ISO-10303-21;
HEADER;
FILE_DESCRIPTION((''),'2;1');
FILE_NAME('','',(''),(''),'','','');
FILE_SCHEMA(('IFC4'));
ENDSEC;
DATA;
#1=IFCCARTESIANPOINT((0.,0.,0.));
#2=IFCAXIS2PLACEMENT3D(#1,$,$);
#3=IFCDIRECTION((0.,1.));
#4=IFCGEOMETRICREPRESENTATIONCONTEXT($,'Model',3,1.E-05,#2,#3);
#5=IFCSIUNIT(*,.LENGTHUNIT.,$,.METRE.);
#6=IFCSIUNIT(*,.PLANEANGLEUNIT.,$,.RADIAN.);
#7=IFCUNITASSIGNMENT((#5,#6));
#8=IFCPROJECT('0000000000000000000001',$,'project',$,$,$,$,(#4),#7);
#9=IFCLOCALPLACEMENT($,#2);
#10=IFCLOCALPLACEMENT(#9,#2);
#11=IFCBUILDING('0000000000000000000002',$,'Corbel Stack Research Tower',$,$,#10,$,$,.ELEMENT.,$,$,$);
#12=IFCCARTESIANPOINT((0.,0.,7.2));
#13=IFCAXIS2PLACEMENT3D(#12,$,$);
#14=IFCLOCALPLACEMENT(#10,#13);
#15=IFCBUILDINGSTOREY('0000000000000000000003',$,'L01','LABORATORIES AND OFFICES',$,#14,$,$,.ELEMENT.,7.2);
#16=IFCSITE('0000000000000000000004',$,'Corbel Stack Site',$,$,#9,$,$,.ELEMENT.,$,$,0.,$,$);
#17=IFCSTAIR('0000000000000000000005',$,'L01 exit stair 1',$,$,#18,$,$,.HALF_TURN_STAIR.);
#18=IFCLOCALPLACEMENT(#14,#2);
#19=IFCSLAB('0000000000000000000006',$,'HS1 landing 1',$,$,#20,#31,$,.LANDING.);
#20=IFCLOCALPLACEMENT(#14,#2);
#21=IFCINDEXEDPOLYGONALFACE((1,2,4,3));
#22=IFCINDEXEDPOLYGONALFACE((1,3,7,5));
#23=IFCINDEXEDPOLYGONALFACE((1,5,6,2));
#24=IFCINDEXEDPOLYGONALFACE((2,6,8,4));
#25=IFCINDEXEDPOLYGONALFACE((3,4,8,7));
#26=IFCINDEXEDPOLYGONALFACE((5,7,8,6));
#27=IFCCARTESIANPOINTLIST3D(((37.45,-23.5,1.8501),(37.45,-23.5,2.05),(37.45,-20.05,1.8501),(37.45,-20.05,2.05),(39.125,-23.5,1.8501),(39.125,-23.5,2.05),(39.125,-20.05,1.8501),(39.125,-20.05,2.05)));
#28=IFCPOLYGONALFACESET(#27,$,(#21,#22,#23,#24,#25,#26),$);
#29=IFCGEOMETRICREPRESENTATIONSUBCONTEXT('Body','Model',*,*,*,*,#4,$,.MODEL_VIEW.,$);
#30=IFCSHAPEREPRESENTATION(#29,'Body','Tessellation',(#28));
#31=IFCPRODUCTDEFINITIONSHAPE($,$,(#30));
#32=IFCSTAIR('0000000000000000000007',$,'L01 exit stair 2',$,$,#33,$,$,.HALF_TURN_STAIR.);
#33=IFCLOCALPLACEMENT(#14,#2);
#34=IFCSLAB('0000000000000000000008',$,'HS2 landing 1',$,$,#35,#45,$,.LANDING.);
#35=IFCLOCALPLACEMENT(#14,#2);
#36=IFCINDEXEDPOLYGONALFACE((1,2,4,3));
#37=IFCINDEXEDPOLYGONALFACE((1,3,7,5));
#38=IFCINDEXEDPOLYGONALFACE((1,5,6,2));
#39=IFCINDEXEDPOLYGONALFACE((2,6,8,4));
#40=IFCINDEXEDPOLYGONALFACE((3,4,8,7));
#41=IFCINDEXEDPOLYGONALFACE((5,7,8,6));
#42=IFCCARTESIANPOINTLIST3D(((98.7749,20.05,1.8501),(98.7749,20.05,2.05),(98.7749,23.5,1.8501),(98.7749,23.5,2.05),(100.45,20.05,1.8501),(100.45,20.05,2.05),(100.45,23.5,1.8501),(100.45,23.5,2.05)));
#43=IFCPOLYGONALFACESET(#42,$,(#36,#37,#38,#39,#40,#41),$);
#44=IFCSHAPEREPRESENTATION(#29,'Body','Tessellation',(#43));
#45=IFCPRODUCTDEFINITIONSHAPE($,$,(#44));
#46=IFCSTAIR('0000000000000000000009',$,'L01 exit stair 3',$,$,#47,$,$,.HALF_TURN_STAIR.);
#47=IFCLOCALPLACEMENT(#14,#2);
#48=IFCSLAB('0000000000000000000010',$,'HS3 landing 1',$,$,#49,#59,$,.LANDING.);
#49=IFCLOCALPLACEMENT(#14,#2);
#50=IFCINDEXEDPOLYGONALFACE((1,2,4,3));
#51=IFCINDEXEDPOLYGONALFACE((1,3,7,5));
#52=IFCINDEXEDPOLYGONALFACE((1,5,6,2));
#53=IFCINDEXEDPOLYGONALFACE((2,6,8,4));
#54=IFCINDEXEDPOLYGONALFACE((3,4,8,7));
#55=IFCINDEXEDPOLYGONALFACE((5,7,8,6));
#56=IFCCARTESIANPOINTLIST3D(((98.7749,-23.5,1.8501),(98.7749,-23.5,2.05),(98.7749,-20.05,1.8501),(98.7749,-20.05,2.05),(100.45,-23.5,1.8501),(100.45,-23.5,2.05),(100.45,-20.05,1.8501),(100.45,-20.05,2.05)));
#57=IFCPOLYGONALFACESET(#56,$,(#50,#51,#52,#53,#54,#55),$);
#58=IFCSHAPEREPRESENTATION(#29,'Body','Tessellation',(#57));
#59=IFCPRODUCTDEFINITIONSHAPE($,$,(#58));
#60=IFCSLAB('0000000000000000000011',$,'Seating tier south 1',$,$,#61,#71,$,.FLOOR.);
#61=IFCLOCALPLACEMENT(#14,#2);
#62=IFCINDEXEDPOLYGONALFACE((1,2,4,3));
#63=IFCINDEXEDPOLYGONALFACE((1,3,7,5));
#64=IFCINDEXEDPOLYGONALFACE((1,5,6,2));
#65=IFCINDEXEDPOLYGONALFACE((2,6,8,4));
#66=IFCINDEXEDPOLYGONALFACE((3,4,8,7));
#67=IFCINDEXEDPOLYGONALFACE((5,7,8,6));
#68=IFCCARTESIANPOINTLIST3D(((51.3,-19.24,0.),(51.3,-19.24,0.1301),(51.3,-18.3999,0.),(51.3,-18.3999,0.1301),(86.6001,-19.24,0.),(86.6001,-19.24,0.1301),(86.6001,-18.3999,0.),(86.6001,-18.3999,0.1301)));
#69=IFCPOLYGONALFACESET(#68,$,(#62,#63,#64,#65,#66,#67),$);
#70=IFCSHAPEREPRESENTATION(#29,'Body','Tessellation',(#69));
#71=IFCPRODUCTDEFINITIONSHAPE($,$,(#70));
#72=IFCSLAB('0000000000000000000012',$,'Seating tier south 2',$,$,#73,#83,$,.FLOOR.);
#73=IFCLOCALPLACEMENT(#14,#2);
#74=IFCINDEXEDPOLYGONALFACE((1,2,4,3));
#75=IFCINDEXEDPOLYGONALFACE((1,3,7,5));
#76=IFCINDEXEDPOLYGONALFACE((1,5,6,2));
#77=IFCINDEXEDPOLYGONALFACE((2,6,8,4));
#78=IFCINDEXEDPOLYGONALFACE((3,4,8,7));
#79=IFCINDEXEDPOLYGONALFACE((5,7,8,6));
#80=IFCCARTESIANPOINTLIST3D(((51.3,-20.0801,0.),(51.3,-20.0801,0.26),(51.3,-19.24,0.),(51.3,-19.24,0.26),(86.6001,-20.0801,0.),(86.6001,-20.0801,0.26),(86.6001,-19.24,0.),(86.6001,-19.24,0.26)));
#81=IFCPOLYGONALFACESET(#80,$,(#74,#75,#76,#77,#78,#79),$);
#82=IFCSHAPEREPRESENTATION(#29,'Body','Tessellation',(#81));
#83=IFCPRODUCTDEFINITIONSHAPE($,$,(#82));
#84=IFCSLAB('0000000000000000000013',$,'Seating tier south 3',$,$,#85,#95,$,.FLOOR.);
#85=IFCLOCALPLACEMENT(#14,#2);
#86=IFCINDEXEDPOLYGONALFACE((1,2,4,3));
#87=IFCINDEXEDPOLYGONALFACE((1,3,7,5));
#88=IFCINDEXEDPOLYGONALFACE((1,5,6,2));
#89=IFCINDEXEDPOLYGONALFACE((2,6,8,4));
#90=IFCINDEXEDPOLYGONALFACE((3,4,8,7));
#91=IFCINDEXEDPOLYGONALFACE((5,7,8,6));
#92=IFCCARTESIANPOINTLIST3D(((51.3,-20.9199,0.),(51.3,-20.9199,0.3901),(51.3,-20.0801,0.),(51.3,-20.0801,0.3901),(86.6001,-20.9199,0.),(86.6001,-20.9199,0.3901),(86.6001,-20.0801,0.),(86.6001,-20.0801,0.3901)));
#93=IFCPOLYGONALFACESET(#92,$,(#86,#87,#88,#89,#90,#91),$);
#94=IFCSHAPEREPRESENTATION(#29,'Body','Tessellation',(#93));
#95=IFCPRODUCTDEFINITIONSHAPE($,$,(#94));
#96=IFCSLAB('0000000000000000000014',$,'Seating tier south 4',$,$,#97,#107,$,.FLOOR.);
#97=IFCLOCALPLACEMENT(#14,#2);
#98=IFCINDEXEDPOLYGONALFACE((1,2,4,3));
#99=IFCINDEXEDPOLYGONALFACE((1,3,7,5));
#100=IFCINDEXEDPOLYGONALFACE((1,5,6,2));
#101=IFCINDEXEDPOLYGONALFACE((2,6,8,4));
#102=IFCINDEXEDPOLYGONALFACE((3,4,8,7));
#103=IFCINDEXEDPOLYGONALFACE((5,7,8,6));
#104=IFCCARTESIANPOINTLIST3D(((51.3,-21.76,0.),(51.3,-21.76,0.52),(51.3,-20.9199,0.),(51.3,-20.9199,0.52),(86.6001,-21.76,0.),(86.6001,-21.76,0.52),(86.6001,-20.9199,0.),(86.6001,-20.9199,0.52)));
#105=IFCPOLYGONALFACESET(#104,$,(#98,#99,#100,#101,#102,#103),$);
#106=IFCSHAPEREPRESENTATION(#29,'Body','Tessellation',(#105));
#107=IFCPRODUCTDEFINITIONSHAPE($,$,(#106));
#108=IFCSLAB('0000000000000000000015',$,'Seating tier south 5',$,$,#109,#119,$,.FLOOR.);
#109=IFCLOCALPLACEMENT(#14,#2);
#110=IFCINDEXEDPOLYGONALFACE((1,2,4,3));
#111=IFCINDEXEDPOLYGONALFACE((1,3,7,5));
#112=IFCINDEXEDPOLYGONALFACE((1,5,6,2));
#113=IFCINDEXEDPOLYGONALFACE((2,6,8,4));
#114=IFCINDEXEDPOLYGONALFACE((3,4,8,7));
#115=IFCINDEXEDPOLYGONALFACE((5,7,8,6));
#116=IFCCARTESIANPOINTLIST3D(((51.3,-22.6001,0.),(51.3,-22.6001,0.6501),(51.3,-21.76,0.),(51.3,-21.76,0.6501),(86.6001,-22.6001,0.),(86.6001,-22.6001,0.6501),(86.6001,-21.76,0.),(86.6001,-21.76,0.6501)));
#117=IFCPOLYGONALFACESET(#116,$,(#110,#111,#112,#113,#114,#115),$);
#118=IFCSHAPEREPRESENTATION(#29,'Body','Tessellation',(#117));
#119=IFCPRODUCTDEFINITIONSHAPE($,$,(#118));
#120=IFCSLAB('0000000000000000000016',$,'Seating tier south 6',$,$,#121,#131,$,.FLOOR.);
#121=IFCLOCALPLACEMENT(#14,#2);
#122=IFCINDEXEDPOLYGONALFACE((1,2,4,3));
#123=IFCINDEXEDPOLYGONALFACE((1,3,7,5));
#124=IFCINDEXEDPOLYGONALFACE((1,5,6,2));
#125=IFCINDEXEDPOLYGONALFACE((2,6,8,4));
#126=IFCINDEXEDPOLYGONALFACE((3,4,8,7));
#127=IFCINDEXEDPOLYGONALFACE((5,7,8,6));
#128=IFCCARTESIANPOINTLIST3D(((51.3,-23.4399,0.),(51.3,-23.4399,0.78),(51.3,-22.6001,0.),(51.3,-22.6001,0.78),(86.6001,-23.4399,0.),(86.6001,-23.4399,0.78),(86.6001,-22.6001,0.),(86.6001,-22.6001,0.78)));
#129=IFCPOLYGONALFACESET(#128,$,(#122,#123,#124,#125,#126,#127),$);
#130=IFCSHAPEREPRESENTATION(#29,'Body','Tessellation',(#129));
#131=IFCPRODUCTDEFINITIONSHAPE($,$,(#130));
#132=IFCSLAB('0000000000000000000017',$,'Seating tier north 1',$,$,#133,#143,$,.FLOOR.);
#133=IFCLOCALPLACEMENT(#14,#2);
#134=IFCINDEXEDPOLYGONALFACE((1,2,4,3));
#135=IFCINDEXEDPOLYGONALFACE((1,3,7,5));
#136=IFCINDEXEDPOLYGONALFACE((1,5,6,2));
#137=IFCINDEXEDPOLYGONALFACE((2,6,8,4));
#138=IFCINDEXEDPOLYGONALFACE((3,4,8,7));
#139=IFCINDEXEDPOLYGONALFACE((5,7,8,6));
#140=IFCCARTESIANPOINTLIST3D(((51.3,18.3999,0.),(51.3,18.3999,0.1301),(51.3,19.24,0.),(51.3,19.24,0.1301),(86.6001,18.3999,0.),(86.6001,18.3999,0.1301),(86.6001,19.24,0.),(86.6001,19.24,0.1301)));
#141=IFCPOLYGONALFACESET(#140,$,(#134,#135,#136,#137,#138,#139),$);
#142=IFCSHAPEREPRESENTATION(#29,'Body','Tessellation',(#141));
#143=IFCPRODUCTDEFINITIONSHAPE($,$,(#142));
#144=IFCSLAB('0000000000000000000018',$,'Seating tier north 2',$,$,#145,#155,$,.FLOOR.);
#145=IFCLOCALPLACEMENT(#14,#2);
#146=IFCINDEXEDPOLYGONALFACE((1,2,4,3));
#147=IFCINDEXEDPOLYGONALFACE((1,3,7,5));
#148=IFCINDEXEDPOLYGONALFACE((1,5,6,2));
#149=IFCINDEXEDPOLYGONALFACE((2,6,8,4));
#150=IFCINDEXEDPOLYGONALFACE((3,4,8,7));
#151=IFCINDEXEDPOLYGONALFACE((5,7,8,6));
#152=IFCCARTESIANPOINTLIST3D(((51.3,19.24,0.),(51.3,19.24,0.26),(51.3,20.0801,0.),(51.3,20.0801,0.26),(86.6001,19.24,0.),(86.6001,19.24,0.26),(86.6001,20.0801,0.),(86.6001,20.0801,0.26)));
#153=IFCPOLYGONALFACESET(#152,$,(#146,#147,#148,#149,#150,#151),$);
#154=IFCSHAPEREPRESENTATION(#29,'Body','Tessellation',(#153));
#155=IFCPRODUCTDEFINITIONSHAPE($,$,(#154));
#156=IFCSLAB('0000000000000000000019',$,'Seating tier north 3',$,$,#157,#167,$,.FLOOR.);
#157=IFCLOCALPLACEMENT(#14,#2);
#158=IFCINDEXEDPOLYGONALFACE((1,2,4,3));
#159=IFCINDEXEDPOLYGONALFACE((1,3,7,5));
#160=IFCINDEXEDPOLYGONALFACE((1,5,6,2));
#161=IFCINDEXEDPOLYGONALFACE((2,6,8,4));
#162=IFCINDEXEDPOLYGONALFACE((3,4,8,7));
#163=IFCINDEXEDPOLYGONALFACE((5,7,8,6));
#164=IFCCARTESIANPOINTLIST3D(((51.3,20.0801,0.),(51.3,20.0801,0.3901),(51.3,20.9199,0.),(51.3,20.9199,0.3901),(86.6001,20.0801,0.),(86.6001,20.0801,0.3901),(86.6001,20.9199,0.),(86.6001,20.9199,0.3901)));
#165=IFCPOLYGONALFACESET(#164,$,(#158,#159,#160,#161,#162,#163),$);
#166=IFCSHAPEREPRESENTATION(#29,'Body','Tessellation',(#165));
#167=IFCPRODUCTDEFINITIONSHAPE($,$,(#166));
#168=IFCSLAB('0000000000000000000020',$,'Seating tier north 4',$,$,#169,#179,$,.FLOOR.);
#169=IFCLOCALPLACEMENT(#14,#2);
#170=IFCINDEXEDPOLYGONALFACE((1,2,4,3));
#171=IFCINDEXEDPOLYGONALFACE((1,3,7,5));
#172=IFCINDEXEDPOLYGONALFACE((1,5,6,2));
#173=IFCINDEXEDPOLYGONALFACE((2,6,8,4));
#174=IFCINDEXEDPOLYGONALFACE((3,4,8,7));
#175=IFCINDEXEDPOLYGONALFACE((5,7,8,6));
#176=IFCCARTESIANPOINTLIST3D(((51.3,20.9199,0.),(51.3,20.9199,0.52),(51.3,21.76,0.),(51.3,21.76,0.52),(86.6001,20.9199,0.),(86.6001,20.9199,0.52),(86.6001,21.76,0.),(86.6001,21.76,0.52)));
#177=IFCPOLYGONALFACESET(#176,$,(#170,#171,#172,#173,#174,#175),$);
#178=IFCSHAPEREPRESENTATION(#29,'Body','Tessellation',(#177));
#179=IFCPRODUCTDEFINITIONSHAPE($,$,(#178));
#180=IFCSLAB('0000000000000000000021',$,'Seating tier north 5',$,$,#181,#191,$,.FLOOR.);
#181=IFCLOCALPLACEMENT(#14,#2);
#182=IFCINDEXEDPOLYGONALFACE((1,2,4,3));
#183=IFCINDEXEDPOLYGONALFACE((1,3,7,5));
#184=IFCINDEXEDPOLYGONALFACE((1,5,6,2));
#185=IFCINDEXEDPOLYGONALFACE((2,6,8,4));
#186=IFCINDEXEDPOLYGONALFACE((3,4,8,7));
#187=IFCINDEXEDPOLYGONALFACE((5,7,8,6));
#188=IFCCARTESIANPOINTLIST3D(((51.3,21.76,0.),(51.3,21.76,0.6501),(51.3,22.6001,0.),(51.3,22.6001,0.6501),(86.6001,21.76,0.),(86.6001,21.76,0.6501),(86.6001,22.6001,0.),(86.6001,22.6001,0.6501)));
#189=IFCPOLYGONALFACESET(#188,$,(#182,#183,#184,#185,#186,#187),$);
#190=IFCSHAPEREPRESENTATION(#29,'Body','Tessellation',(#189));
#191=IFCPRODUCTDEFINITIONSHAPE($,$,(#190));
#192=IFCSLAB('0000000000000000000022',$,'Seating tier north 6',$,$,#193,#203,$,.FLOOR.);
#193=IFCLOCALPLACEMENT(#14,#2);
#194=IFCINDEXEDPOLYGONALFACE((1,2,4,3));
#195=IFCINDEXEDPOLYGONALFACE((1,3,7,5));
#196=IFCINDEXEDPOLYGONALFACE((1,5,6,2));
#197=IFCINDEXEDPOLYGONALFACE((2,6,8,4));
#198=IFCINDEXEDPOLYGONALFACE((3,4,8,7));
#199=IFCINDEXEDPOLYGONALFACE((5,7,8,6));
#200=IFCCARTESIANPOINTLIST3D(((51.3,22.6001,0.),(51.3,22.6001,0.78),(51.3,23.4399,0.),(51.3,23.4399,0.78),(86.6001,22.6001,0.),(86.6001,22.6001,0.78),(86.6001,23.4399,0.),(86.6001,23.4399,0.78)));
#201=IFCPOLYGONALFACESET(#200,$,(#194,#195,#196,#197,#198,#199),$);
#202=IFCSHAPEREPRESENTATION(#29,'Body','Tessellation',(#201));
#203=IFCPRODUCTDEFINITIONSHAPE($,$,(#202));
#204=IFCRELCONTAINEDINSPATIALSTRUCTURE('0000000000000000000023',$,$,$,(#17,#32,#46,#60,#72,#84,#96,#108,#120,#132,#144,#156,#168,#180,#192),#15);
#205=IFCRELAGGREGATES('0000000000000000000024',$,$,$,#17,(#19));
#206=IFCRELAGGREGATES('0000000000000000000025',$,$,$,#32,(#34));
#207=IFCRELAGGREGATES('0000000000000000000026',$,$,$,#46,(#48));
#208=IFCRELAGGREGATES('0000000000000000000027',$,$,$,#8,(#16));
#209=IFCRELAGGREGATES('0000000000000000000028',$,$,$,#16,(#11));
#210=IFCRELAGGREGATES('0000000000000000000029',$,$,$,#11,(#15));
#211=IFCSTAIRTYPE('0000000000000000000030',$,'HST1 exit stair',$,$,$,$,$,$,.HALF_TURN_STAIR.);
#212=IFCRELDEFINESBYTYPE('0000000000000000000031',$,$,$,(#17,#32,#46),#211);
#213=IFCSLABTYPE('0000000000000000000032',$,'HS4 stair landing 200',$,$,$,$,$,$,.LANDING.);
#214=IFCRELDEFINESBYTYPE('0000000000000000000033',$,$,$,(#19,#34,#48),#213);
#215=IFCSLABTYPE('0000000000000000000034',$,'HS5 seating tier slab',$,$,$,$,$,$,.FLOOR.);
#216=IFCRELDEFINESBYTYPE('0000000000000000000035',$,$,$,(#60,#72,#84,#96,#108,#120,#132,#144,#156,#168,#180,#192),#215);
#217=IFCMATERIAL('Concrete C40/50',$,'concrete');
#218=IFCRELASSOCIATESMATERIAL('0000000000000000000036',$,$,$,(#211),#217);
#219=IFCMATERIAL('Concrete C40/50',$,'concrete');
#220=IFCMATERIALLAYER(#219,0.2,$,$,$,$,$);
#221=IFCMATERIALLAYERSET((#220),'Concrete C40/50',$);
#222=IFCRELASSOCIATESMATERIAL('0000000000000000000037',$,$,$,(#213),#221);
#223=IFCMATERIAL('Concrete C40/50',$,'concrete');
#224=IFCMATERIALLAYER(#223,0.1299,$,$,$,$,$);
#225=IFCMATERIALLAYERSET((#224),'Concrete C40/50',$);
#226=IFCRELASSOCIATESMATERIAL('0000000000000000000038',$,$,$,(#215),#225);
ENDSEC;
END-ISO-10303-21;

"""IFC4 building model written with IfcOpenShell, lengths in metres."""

from ifc_helpers import new_model, si_unit, direction, frame, origin, place, context, subcontext, project, spatial, polyline, outline, extrude, material, layer, layer_set, type_object, element, aggregate, save


model = new_model("IFC4")

# Units and contexts
model_context = context("Model", 3, precision=1e-05, world=origin(), true_north=direction((0.0, 1.0)))
body_context = subcontext(model_context, "Body", "Model", "MODEL_VIEW")
ifc_project = project(units=[si_unit("LENGTHUNIT", "METRE"), si_unit("PLANEANGLEUNIT", "RADIAN")], contexts=[model_context])

# Site, building, storey
site_placement = place(None, origin())
site = spatial("IfcSite", under=ifc_project, at=site_placement, Name="Corbel Stack Site", CompositionType="ELEMENT", RefElevation=0.0)
building_placement = place(site_placement, origin())
building = spatial("IfcBuilding", under=site, at=building_placement, Name="Corbel Stack Research Tower", CompositionType="ELEMENT")
storey_placement = place(building_placement, frame((0.0, 0.0, 7.2)))
storey = spatial("IfcBuildingStorey", under=building, at=storey_placement, Name="L01", Description="LABORATORIES AND OFFICES", CompositionType="ELEMENT", Elevation=7.2)

# Stairs, slabs
ifc_material_1 = material(Name="Concrete C40/50", Category="concrete")
stair_type = type_object("IfcStairType", Name="HST1 exit stair", PredefinedType="HALF_TURN_STAIR", material=ifc_material_1)
stair_1_placement = place(storey_placement, origin())
stair_1 = element("IfcStair", 1, at=stair_1_placement, inside=storey, type_object=stair_type, Name="L01 exit stair 1", PredefinedType="HALF_TURN_STAIR")
ifc_material_2 = material(Name="Concrete C40/50", Category="concrete")
ifc_layer_1 = layer(ifc_material_2, 0.2)
ifc_layer_set_1 = layer_set([ifc_layer_1], Name="Concrete C40/50")
slab_type_1 = type_object("IfcSlabType", Name="HS4 stair landing 200", PredefinedType="LANDING", material=ifc_layer_set_1)
slab_1_placement = place(storey_placement, frame((0.0, 0.0, 1.8501)))
slab_1 = element("IfcSlab", 2, at=slab_1_placement, type_object=slab_type_1, Name="HS1 landing 1", PredefinedType="LANDING", context=body_context, shape_type="SweptSolid", body=[
    extrude(outline(polyline([(39.125, -20.05), (37.45, -20.05), (37.45, -23.5), (39.125, -23.5), (39.125, -20.05)])), origin(), (0.0, 0.0, 1.0), 0.2),
])
aggregate(stair_1, [slab_1])
stair_2_placement = place(storey_placement, origin())
stair_2 = element("IfcStair", 3, at=stair_2_placement, inside=storey, type_object=stair_type, Name="L01 exit stair 2", PredefinedType="HALF_TURN_STAIR")
slab_2_placement = place(storey_placement, frame((0.0, 0.0, 1.8501)))
slab_2 = element("IfcSlab", 4, at=slab_2_placement, type_object=slab_type_1, Name="HS2 landing 1", PredefinedType="LANDING", context=body_context, shape_type="SweptSolid", body=[
    extrude(outline(polyline([(98.7749, 20.05), (100.45, 20.05), (100.45, 23.5), (98.7749, 23.5), (98.7749, 20.05)])), origin(), (0.0, 0.0, 1.0), 0.2),
])
aggregate(stair_2, [slab_2])
stair_3_placement = place(storey_placement, origin())
stair_3 = element("IfcStair", 5, at=stair_3_placement, inside=storey, type_object=stair_type, Name="L01 exit stair 3", PredefinedType="HALF_TURN_STAIR")
slab_3_placement = place(storey_placement, frame((0.0, 0.0, 1.8501)))
slab_3 = element("IfcSlab", 6, at=slab_3_placement, type_object=slab_type_1, Name="HS3 landing 1", PredefinedType="LANDING", context=body_context, shape_type="SweptSolid", body=[
    extrude(outline(polyline([(98.7749, -23.5), (100.45, -23.5), (100.45, -20.05), (98.7749, -20.05), (98.7749, -23.5)])), origin(), (0.0, 0.0, 1.0), 0.2),
])
aggregate(stair_3, [slab_3])

# Slabs
ifc_material_3 = material(Name="Concrete C40/50", Category="concrete")
ifc_layer_2 = layer(ifc_material_3, 0.1299)
ifc_layer_set_2 = layer_set([ifc_layer_2], Name="Concrete C40/50")
slab_type_2 = type_object("IfcSlabType", Name="HS5 seating tier slab", PredefinedType="FLOOR", material=ifc_layer_set_2)
slab_4_placement = place(storey_placement, origin())
element("IfcSlab", 7, at=slab_4_placement, inside=storey, type_object=slab_type_2, Name="Seating tier south 1", PredefinedType="FLOOR", context=body_context, shape_type="SweptSolid", body=[
    extrude(outline(polyline([(51.3, -19.24), (86.6001, -19.24), (86.6001, -18.3999), (51.3, -18.3999), (51.3, -19.24)])), origin(), (0.0, 0.0, 1.0), 0.1301),
])
slab_5_placement = place(storey_placement, origin())
element("IfcSlab", 8, at=slab_5_placement, inside=storey, type_object=slab_type_2, Name="Seating tier south 2", PredefinedType="FLOOR", context=body_context, shape_type="SweptSolid", body=[
    extrude(outline(polyline([(51.3, -20.0801), (86.6001, -20.0801), (86.6001, -19.24), (51.3, -19.24), (51.3, -20.0801)])), origin(), (0.0, 0.0, 1.0), 0.26),
])
slab_6_placement = place(storey_placement, origin())
element("IfcSlab", 9, at=slab_6_placement, inside=storey, type_object=slab_type_2, Name="Seating tier south 3", PredefinedType="FLOOR", context=body_context, shape_type="SweptSolid", body=[
    extrude(outline(polyline([(51.3, -20.9199), (86.6001, -20.9199), (86.6001, -20.0801), (51.3, -20.0801), (51.3, -20.9199)])), origin(), (0.0, 0.0, 1.0), 0.3901),
])
slab_7_placement = place(storey_placement, origin())
element("IfcSlab", 10, at=slab_7_placement, inside=storey, type_object=slab_type_2, Name="Seating tier south 4", PredefinedType="FLOOR", context=body_context, shape_type="SweptSolid", body=[
    extrude(outline(polyline([(51.3, -21.76), (86.6001, -21.76), (86.6001, -20.9199), (51.3, -20.9199), (51.3, -21.76)])), origin(), (0.0, 0.0, 1.0), 0.52),
])
slab_8_placement = place(storey_placement, origin())
element("IfcSlab", 11, at=slab_8_placement, inside=storey, type_object=slab_type_2, Name="Seating tier south 5", PredefinedType="FLOOR", context=body_context, shape_type="SweptSolid", body=[
    extrude(outline(polyline([(51.3, -22.6001), (86.6001, -22.6001), (86.6001, -21.76), (51.3, -21.76), (51.3, -22.6001)])), origin(), (0.0, 0.0, 1.0), 0.6501),
])
slab_9_placement = place(storey_placement, origin())
element("IfcSlab", 12, at=slab_9_placement, inside=storey, type_object=slab_type_2, Name="Seating tier south 6", PredefinedType="FLOOR", context=body_context, shape_type="SweptSolid", body=[
    extrude(outline(polyline([(51.3, -23.4399), (86.6001, -23.4399), (86.6001, -22.6001), (51.3, -22.6001), (51.3, -23.4399)])), origin(), (0.0, 0.0, 1.0), 0.78),
])
slab_10_placement = place(storey_placement, origin())
element("IfcSlab", 13, at=slab_10_placement, inside=storey, type_object=slab_type_2, Name="Seating tier north 1", PredefinedType="FLOOR", context=body_context, shape_type="SweptSolid", body=[
    extrude(outline(polyline([(51.3, 18.3999), (86.6001, 18.3999), (86.6001, 19.24), (51.3, 19.24), (51.3, 18.3999)])), origin(), (0.0, 0.0, 1.0), 0.1301),
])
slab_11_placement = place(storey_placement, origin())
element("IfcSlab", 14, at=slab_11_placement, inside=storey, type_object=slab_type_2, Name="Seating tier north 2", PredefinedType="FLOOR", context=body_context, shape_type="SweptSolid", body=[
    extrude(outline(polyline([(51.3, 19.24), (86.6001, 19.24), (86.6001, 20.0801), (51.3, 20.0801), (51.3, 19.24)])), origin(), (0.0, 0.0, 1.0), 0.26),
])
slab_12_placement = place(storey_placement, origin())
element("IfcSlab", 15, at=slab_12_placement, inside=storey, type_object=slab_type_2, Name="Seating tier north 3", PredefinedType="FLOOR", context=body_context, shape_type="SweptSolid", body=[
    extrude(outline(polyline([(51.3, 20.0801), (86.6001, 20.0801), (86.6001, 20.9199), (51.3, 20.9199), (51.3, 20.0801)])), origin(), (0.0, 0.0, 1.0), 0.3901),
])
slab_13_placement = place(storey_placement, origin())
element("IfcSlab", 16, at=slab_13_placement, inside=storey, type_object=slab_type_2, Name="Seating tier north 4", PredefinedType="FLOOR", context=body_context, shape_type="SweptSolid", body=[
    extrude(outline(polyline([(51.3, 20.9199), (86.6001, 20.9199), (86.6001, 21.76), (51.3, 21.76), (51.3, 20.9199)])), origin(), (0.0, 0.0, 1.0), 0.52),
])
slab_14_placement = place(storey_placement, origin())
element("IfcSlab", 17, at=slab_14_placement, inside=storey, type_object=slab_type_2, Name="Seating tier north 5", PredefinedType="FLOOR", context=body_context, shape_type="SweptSolid", body=[
    extrude(outline(polyline([(51.3, 21.76), (86.6001, 21.76), (86.6001, 22.6001), (51.3, 22.6001), (51.3, 21.76)])), origin(), (0.0, 0.0, 1.0), 0.6501),
])
slab_15_placement = place(storey_placement, origin())
element("IfcSlab", 18, at=slab_15_placement, inside=storey, type_object=slab_type_2, Name="Seating tier north 6", PredefinedType="FLOOR", context=body_context, shape_type="SweptSolid", body=[
    extrude(outline(polyline([(51.3, 22.6001), (86.6001, 22.6001), (86.6001, 23.4399), (51.3, 23.4399), (51.3, 22.6001)])), origin(), (0.0, 0.0, 1.0), 0.78),
])

save(model, "model.ifc")
